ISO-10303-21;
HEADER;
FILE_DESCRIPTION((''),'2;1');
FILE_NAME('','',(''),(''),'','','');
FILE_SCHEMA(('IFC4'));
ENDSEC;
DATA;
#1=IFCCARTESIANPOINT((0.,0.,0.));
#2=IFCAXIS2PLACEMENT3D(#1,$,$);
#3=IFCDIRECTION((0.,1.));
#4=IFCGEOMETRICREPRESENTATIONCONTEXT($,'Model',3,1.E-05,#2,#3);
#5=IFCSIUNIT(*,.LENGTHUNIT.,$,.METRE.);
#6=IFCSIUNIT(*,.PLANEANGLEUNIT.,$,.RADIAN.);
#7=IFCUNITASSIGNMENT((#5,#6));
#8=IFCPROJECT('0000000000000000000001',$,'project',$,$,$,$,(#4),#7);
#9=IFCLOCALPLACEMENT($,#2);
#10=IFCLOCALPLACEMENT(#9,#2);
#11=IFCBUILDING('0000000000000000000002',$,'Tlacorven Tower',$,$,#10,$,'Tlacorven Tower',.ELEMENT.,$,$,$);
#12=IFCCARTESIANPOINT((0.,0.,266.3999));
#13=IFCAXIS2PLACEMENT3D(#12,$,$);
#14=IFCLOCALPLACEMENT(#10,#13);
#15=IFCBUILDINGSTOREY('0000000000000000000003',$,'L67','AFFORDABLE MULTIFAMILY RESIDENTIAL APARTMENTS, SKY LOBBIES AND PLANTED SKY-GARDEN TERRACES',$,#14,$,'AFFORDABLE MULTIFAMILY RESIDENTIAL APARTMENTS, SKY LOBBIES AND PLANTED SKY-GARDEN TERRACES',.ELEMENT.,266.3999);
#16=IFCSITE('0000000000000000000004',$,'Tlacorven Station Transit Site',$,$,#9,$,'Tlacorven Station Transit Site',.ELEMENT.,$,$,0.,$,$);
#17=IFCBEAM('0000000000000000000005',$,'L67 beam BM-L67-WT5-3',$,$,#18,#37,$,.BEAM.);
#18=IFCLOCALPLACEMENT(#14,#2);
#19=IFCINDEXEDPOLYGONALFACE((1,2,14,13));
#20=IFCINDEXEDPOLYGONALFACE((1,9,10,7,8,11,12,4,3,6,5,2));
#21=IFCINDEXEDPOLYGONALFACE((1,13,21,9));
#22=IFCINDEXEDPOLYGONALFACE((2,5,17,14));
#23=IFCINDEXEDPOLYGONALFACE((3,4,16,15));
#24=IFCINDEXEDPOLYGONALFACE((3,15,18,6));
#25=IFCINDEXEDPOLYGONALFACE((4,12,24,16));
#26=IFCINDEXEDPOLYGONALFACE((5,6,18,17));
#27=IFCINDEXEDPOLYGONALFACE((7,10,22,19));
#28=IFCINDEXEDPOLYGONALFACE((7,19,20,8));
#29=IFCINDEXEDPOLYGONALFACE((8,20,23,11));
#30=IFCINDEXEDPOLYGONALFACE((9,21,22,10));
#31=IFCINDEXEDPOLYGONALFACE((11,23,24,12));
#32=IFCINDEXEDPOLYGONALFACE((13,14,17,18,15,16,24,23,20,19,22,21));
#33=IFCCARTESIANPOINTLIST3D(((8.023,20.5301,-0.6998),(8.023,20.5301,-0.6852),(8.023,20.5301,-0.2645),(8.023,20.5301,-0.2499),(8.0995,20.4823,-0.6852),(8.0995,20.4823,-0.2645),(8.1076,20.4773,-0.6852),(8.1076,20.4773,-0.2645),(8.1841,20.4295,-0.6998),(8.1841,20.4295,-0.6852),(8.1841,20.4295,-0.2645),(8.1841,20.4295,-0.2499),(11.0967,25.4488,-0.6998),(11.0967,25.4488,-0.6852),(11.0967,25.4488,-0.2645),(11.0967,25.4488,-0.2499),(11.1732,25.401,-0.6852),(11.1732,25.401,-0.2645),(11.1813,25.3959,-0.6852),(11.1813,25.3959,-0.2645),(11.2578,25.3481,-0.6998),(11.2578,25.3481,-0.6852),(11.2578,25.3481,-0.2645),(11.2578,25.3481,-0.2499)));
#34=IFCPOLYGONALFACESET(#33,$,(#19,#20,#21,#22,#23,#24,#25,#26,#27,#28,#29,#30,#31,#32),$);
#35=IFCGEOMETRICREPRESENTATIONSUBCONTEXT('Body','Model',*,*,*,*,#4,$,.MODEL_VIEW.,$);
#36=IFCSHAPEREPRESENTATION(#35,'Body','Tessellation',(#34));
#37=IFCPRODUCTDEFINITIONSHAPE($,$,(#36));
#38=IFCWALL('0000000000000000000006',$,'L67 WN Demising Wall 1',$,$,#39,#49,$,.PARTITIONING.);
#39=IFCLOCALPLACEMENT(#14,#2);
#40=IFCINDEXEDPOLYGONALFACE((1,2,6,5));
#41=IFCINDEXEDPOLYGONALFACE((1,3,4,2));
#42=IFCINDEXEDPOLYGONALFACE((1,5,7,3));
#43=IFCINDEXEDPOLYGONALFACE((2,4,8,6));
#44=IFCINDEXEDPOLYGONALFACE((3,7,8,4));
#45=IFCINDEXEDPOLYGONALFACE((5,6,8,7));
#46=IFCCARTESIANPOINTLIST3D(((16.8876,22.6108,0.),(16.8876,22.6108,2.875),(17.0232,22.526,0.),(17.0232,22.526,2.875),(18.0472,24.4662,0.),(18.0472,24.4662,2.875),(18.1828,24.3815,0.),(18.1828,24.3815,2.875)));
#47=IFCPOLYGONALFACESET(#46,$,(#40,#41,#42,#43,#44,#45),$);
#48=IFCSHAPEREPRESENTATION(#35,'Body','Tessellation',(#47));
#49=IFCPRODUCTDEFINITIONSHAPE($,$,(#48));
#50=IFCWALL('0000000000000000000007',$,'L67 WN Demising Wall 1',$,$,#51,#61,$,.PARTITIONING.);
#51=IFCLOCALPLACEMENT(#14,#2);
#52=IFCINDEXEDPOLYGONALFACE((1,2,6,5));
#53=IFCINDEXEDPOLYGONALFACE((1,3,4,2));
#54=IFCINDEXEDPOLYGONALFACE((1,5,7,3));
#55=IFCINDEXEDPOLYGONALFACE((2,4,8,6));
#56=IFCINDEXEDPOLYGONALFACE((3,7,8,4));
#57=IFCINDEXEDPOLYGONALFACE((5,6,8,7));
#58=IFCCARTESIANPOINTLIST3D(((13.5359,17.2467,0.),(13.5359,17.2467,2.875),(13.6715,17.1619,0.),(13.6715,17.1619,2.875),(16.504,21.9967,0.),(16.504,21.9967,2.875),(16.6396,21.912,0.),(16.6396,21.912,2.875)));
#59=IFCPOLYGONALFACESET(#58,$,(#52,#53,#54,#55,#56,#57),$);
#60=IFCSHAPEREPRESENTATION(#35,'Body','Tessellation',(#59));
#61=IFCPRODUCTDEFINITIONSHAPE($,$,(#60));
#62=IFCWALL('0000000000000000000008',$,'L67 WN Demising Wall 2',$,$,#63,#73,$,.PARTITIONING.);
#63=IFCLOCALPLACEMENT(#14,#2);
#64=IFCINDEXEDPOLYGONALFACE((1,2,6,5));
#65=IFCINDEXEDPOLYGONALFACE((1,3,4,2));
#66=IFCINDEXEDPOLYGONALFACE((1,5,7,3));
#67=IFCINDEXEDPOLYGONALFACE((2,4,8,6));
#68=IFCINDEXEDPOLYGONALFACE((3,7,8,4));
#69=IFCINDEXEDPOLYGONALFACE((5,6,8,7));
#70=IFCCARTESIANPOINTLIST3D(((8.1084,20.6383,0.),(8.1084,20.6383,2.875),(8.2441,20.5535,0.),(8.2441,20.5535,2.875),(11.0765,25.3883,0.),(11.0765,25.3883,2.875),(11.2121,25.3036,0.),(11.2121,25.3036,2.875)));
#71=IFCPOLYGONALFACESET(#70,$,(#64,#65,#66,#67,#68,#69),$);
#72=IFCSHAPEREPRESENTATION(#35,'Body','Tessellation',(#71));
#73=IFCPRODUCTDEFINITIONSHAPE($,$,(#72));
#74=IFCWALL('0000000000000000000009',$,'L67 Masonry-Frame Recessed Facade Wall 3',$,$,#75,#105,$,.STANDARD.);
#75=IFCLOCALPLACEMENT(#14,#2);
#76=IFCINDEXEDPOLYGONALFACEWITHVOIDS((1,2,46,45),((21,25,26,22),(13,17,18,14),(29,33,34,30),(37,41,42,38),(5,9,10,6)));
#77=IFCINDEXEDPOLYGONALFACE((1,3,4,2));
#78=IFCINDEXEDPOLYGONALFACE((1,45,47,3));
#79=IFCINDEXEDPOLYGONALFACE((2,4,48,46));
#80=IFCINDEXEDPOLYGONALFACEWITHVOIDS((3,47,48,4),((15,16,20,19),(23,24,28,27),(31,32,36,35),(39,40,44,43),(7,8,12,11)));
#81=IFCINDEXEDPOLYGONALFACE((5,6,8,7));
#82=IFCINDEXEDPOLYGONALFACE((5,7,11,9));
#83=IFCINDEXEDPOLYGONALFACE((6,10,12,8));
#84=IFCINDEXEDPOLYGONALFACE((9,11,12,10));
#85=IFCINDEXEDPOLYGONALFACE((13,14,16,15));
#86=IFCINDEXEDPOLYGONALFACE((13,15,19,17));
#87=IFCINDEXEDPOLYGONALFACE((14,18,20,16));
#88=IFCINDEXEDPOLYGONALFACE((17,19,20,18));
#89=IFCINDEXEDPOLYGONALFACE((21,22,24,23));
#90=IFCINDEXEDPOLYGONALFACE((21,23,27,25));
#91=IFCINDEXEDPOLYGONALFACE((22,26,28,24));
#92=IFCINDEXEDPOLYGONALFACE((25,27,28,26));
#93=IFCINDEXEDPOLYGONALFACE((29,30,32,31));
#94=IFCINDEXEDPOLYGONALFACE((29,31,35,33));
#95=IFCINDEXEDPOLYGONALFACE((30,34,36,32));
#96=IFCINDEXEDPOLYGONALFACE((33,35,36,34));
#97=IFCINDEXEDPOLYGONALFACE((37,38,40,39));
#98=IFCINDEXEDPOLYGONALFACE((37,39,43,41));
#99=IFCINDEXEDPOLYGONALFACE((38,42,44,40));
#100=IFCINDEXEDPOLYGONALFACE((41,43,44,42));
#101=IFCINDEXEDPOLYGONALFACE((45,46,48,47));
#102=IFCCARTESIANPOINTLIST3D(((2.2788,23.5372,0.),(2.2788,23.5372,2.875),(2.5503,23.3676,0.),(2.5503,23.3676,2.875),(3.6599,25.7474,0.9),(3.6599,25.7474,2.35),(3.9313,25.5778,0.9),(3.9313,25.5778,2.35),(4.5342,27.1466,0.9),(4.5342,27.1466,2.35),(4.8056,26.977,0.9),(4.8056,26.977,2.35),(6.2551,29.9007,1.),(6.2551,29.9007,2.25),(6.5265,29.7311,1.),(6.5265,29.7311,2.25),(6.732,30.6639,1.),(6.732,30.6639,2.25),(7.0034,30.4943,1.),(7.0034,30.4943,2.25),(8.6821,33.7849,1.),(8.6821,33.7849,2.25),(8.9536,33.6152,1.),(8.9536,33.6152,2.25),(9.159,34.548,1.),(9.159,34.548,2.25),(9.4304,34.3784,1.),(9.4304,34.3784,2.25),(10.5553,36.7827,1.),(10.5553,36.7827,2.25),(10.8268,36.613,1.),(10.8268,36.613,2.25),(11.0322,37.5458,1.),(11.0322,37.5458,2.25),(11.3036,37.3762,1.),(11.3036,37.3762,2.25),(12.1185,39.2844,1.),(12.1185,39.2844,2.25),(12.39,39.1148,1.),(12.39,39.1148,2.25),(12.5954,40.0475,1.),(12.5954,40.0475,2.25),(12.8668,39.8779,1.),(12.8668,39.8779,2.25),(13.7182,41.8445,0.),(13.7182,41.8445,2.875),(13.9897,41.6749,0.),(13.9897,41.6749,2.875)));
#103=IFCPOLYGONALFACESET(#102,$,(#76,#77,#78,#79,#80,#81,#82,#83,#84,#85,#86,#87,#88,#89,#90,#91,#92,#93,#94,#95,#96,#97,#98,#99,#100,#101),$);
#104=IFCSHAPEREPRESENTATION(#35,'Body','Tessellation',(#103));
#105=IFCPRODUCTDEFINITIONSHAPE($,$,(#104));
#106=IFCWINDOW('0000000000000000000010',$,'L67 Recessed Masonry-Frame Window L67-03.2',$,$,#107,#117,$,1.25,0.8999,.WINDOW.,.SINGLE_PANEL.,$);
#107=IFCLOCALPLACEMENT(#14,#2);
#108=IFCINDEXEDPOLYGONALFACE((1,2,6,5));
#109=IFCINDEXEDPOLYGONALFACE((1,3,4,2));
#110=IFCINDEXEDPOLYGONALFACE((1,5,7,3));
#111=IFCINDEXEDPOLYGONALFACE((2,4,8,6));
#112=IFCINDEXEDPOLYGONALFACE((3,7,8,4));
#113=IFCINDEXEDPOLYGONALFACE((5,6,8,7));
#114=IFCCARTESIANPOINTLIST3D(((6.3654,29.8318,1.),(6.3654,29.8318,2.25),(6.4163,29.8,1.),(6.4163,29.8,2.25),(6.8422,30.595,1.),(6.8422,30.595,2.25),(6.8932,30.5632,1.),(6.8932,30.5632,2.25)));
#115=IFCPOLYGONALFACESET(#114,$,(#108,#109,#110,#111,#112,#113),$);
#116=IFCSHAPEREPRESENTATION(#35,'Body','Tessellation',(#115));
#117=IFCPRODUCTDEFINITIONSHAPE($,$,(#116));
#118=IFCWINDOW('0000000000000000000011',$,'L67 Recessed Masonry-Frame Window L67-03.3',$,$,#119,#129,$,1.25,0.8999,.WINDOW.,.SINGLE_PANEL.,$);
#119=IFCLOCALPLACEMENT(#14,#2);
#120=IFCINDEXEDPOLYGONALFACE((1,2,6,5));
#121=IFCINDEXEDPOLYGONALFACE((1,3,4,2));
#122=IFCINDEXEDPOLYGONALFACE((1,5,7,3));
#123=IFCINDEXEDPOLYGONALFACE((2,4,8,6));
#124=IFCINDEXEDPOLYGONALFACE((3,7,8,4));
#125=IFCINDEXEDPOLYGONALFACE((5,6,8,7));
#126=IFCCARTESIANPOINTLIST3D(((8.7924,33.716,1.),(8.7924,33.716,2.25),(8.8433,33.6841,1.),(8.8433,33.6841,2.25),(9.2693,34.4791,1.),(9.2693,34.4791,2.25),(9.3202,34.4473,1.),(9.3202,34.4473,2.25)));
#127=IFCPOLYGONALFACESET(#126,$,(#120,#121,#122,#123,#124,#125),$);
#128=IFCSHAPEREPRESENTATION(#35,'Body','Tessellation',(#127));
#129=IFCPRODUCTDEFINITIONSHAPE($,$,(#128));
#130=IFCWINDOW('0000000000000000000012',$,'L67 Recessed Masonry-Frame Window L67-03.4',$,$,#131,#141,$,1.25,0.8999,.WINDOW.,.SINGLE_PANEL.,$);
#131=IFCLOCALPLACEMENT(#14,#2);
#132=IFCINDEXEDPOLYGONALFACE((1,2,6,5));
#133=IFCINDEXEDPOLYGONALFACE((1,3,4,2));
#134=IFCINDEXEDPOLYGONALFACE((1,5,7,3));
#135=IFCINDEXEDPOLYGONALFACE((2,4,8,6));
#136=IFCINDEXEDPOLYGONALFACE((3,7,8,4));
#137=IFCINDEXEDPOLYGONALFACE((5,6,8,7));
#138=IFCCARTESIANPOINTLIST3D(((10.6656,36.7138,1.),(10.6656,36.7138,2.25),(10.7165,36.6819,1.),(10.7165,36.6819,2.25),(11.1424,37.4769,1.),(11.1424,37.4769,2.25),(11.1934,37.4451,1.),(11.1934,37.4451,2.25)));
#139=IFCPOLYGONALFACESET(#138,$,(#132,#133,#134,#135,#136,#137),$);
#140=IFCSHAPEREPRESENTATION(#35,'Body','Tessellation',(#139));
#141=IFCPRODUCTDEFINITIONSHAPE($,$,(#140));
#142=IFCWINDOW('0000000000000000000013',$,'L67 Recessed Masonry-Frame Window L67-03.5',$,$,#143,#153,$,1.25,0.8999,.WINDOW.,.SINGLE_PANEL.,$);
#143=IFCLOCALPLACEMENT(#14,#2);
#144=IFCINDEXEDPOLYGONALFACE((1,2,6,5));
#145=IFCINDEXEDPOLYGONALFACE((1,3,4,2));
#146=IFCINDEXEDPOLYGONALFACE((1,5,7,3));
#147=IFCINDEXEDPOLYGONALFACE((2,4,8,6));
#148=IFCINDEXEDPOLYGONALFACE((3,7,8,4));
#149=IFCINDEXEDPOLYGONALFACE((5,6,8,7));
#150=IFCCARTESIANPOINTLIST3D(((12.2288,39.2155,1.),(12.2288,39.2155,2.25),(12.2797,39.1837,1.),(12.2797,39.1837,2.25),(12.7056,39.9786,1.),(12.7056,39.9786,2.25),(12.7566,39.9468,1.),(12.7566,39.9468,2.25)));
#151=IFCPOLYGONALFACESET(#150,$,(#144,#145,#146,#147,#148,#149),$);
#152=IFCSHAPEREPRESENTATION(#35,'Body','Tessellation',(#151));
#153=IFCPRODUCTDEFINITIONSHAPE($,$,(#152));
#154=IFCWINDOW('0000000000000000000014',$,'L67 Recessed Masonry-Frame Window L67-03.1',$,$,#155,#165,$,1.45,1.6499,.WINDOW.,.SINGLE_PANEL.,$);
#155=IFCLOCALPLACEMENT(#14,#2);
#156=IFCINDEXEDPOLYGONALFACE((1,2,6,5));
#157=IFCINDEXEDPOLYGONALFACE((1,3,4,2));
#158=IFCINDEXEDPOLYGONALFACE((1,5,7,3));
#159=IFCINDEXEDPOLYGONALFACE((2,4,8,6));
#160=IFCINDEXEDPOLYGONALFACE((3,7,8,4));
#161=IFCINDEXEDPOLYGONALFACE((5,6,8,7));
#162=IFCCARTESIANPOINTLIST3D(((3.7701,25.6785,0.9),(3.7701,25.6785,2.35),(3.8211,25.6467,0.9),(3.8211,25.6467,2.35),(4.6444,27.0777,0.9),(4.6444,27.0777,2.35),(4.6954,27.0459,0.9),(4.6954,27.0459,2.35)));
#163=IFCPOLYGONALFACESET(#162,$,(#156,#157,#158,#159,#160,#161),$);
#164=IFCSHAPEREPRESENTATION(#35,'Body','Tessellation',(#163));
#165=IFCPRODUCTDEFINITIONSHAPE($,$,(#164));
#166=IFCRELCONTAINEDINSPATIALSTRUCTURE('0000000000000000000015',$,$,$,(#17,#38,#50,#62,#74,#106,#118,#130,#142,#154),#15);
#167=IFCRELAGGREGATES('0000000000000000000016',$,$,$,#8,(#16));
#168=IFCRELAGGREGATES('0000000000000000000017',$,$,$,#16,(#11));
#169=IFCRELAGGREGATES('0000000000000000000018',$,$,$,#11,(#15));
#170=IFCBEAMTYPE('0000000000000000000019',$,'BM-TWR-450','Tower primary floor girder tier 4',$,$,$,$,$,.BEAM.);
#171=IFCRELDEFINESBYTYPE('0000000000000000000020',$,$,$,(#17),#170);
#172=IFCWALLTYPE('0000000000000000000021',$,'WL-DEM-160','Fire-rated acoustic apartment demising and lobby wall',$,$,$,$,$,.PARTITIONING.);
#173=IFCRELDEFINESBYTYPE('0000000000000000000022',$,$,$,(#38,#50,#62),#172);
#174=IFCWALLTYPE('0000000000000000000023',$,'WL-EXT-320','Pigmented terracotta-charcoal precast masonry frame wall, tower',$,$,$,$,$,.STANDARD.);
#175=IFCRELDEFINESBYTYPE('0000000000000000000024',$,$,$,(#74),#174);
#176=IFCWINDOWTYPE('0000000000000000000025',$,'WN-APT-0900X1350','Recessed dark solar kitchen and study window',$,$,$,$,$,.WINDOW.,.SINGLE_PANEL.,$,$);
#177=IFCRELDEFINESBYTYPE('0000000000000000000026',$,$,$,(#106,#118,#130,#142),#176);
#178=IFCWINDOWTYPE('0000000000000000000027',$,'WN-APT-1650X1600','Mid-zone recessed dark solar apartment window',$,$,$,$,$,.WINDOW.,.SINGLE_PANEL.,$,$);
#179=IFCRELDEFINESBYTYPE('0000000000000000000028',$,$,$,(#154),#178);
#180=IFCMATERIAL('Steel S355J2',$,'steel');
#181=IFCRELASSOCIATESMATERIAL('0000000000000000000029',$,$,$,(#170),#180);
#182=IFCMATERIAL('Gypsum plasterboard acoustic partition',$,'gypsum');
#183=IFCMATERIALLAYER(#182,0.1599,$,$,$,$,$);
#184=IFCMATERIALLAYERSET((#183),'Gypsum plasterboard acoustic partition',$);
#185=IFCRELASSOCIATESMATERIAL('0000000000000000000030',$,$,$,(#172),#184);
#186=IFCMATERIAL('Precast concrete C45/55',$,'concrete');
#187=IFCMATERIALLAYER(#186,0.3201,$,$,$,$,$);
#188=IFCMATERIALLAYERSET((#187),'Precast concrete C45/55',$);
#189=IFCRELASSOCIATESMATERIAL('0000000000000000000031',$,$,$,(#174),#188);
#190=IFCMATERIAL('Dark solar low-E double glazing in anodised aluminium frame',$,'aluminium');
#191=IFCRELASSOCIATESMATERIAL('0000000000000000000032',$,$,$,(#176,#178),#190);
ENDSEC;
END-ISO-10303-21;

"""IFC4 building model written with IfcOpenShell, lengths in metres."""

from ifc_helpers import new_model, si_unit, direction, frame, frame_2d, origin, origin_2d, place, context, subcontext, project, spatial, rectangle, i_section, extrude, source, transform, mapped, material, layer, layer_set, material_profile, profile_set, type_object, element, fill, save


model = new_model("IFC4")

# Units and contexts
model_context = context("Model", 3, precision=1e-05, world=origin(), true_north=direction((0.0, 1.0)))
body_context = subcontext(model_context, "Body", "Model", "MODEL_VIEW")
ifc_project = project(units=[si_unit("LENGTHUNIT", "METRE"), si_unit("PLANEANGLEUNIT", "RADIAN")], contexts=[model_context])

# Site, building, storey
site_placement = place(None, origin())
site = spatial("IfcSite", under=ifc_project, at=site_placement, Name="Tlacorven Station Transit Site", LongName="Tlacorven Station Transit Site", CompositionType="ELEMENT", RefElevation=0.0)
building_placement = place(site_placement, origin())
building = spatial("IfcBuilding", under=site, at=building_placement, Name="Tlacorven Tower", LongName="Tlacorven Tower", CompositionType="ELEMENT")
storey_placement = place(building_placement, frame((0.0, 0.0, 266.3999)))
storey = spatial("IfcBuildingStorey", under=building, at=storey_placement, Name="L67", Description="AFFORDABLE MULTIFAMILY RESIDENTIAL APARTMENTS, SKY LOBBIES AND PLANTED SKY-GARDEN TERRACES", LongName="AFFORDABLE MULTIFAMILY RESIDENTIAL APARTMENTS, SKY LOBBIES AND PLANTED SKY-GARDEN TERRACES", CompositionType="ELEMENT", Elevation=266.3999)

# Shared definitions
ifc_material_1 = material(Name="Steel S355J2", Category="steel")

# Beam
ifc_material_profile_1 = material_profile(ifc_material_1, i_section(OverallWidth=0.1899, OverallDepth=0.45, WebThickness=0.0095, FlangeThickness=0.0146, at=origin_2d()), Name="IPE 450")
ifc_profile_set_1 = profile_set([ifc_material_profile_1], Name="Steel S355J2")
beam_type_1 = type_object("IfcBeamType", Name="BM-TWR-450", Description="Tower primary floor girder tier 4", PredefinedType="BEAM", material=ifc_profile_set_1)
shared_shape_1 = source(origin(), body_context, "Body", "SweptSolid", [
    extrude(i_section(OverallWidth=0.1899, OverallDepth=0.45, WebThickness=0.0095, FlangeThickness=0.0146, at=origin_2d()), origin(), (0.0, 0.0, 1.0), 5.8),
])
for number, where, z_axis, x_axis, name in (
    (1, (11.1772, 25.3984, -0.4749), (-0.529942, -0.848034, 0.0), (0.848034, -0.529942, 0.0), "L67 beam BM-L67-WT5-3"),
):
    element("IfcBeam", number, at=place(storey_placement, frame(where, z_axis=z_axis, x_axis=x_axis)), inside=storey, type_object=beam_type_1, Name=name, PredefinedType="BEAM", context=body_context, shape_type="MappedRepresentation", body=[
        mapped(shared_shape_1, transform((0.0, 0.0, 0.0), scale=1.0)),
    ])

# Walls
ifc_material_2 = material(Name="Gypsum plasterboard acoustic partition", Category="gypsum")
ifc_layer_1 = layer(ifc_material_2, 0.1599)
ifc_layer_set_1 = layer_set([ifc_layer_1], Name="Gypsum plasterboard acoustic partition")
wall_type_1 = type_object("IfcWallType", Name="WL-DEM-160", Description="Fire-rated acoustic apartment demising and lobby wall", PredefinedType="PARTITIONING", material=ifc_layer_set_1)
wall_1_placement = place(storey_placement, frame((18.115, 24.4238, 0.0), z_axis=(0.0, 0.0, 1.0), x_axis=(-0.529999, -0.847998, 0.0)))
element("IfcWall", 2, at=wall_1_placement, inside=storey, type_object=wall_type_1, Name="L67 WN Demising Wall 1", PredefinedType="PARTITIONING", context=body_context, shape_type="SweptSolid", body=[
    extrude(rectangle(XDim=2.188, YDim=0.1599, at=frame_2d((1.094, 0.0))), origin(), (0.0, 0.0, 1.0), 2.875),
])
for number, where, z_axis, x_axis, name in (
    (3, (16.5718, 21.9543, 0.0), (0.0, 0.0, 1.0), (-0.529905, -0.848057, 0.0), "L67 WN Demising Wall 1"),
    (4, (11.1443, 25.3459, 0.0), (0.0, 0.0, 1.0), (-0.529905, -0.848057, 0.0), "L67 WN Demising Wall 2"),
):
    element("IfcWall", number, at=place(storey_placement, frame(where, z_axis=z_axis, x_axis=x_axis)), inside=storey, type_object=wall_type_1, Name=name, PredefinedType="PARTITIONING", context=body_context, shape_type="SweptSolid", body=[
        extrude(rectangle(XDim=5.6011, YDim=0.1599, at=frame_2d((2.8005, 0.0))), origin(), (0.0, 0.0, 1.0), 2.875),
    ])

# Wall, openings, windows
ifc_material_3 = material(Name="Precast concrete C45/55", Category="concrete")
ifc_layer_2 = layer(ifc_material_3, 0.3201)
ifc_layer_set_2 = layer_set([ifc_layer_2], Name="Precast concrete C45/55")
wall_type_2 = type_object("IfcWallType", Name="WL-EXT-320", Description="Pigmented terracotta-charcoal precast masonry frame wall, tower", PredefinedType="STANDARD", material=ifc_layer_set_2)
wall_2_placement = place(storey_placement, frame((2.4146, 23.4524, 0.0), z_axis=(0.0, 0.0, 1.0), x_axis=(0.52991, 0.848054, 0.0)))
wall_2 = element("IfcWall", 5, at=wall_2_placement, inside=storey, type_object=wall_type_2, Name="L67 Masonry-Frame Recessed Facade Wall 3", PredefinedType="STANDARD", context=body_context, shape_type="SweptSolid", body=[
    extrude(rectangle(XDim=21.5874, YDim=0.3201, at=frame_2d((10.7937, 0.0))), origin(), (0.0, 0.0, 1.0), 2.875),
])
opening_1_placement = place(wall_2_placement, frame((2.6062, 0.0, 0.8999)))
opening_1 = element("IfcOpeningElement", 6, at=opening_1_placement, cuts=wall_2, PredefinedType="OPENING", context=body_context, shape_type="SweptSolid", body=[
    extrude(rectangle(XDim=1.6499, YDim=1.45, at=frame_2d((0.825, 0.7251))), frame((0.0, 0.1699, 0.0), z_axis=(0.0, -1.0, 0.0), x_axis=(1.0, 0.0, 0.0)), (0.0, 0.0, 1.0), 0.3401),
])
opening_2_placement = place(wall_2_placement, frame((7.5037, 0.0, 1.0)))
opening_2 = element("IfcOpeningElement", 7, at=opening_2_placement, cuts=wall_2, PredefinedType="OPENING", context=body_context, shape_type="SweptSolid", body=[
    extrude(rectangle(XDim=0.8999, YDim=1.25, at=frame_2d((0.45, 0.625))), frame((0.0, 0.1699, 0.0), z_axis=(0.0, -1.0, 0.0), x_axis=(1.0, 0.0, 0.0)), (0.0, 0.0, 1.0), 0.3401),
])
opening_3_placement = place(wall_2_placement, frame((12.0837, 0.0, 1.0)))
opening_3 = element("IfcOpeningElement", 8, at=opening_3_placement, cuts=wall_2, PredefinedType="OPENING", context=body_context, shape_type="SweptSolid", body=[
    extrude(rectangle(XDim=0.8999, YDim=1.25, at=frame_2d((0.45, 0.625))), frame((0.0, 0.1699, 0.0), z_axis=(0.0, -1.0, 0.0), x_axis=(1.0, 0.0, 0.0)), (0.0, 0.0, 1.0), 0.3401),
])
opening_4_placement = place(wall_2_placement, frame((15.6187, 0.0, 1.0)))
opening_4 = element("IfcOpeningElement", 9, at=opening_4_placement, cuts=wall_2, PredefinedType="OPENING", context=body_context, shape_type="SweptSolid", body=[
    extrude(rectangle(XDim=0.8999, YDim=1.25, at=frame_2d((0.45, 0.625))), frame((0.0, 0.1699, 0.0), z_axis=(0.0, -1.0, 0.0), x_axis=(1.0, 0.0, 0.0)), (0.0, 0.0, 1.0), 0.3401),
])
opening_5_placement = place(wall_2_placement, frame((18.5686, 0.0, 1.0)))
opening_5 = element("IfcOpeningElement", 10, at=opening_5_placement, cuts=wall_2, PredefinedType="OPENING", context=body_context, shape_type="SweptSolid", body=[
    extrude(rectangle(XDim=0.8999, YDim=1.25, at=frame_2d((0.45, 0.625))), frame((0.0, 0.1699, 0.0), z_axis=(0.0, -1.0, 0.0), x_axis=(1.0, 0.0, 0.0)), (0.0, 0.0, 1.0), 0.3401),
])
ifc_material_4 = material(Name="Dark solar low-E double glazing in anodised aluminium frame", Category="aluminium")
window_type_1 = type_object("IfcWindowType", Name="WN-APT-0900X1350", Description="Recessed dark solar kitchen and study window", PartitioningType="SINGLE_PANEL", PredefinedType="WINDOW", material=ifc_material_4)
shared_shape_2 = source(origin(), body_context, "Body", "SweptSolid", [
    extrude(rectangle(XDim=0.8999, YDim=1.25, at=frame_2d((0.45, 0.625))), frame((0.0, 0.03, 0.0), z_axis=(0.0, -1.0, 0.0), x_axis=(1.0, 0.0, 0.0)), (0.0, 0.0, 1.0), 0.0601),
])
window_1_placement = place(opening_2_placement, origin())
window_1 = element("IfcWindow", 11, at=window_1_placement, inside=storey, type_object=window_type_1, Name="L67 Recessed Masonry-Frame Window L67-03.2", OverallHeight=1.25, OverallWidth=0.8999, PartitioningType="SINGLE_PANEL", PredefinedType="WINDOW", context=body_context, shape_type="MappedRepresentation", body=[
    mapped(shared_shape_2, transform((0.0, 0.0, 0.0), scale=1.0)),
])
fill(opening_2, window_1)
window_2_placement = place(opening_3_placement, origin())
window_2 = element("IfcWindow", 12, at=window_2_placement, inside=storey, type_object=window_type_1, Name="L67 Recessed Masonry-Frame Window L67-03.3", OverallHeight=1.25, OverallWidth=0.8999, PartitioningType="SINGLE_PANEL", PredefinedType="WINDOW", context=body_context, shape_type="MappedRepresentation", body=[
    mapped(shared_shape_2, transform((0.0, 0.0, 0.0), scale=1.0)),
])
fill(opening_3, window_2)
window_3_placement = place(opening_4_placement, origin())
window_3 = element("IfcWindow", 13, at=window_3_placement, inside=storey, type_object=window_type_1, Name="L67 Recessed Masonry-Frame Window L67-03.4", OverallHeight=1.25, OverallWidth=0.8999, PartitioningType="SINGLE_PANEL", PredefinedType="WINDOW", context=body_context, shape_type="MappedRepresentation", body=[
    mapped(shared_shape_2, transform((0.0, 0.0, 0.0), scale=1.0)),
])
fill(opening_4, window_3)
window_4_placement = place(opening_5_placement, origin())
window_4 = element("IfcWindow", 14, at=window_4_placement, inside=storey, type_object=window_type_1, Name="L67 Recessed Masonry-Frame Window L67-03.5", OverallHeight=1.25, OverallWidth=0.8999, PartitioningType="SINGLE_PANEL", PredefinedType="WINDOW", context=body_context, shape_type="MappedRepresentation", body=[
    mapped(shared_shape_2, transform((0.0, 0.0, 0.0), scale=1.0)),
])
fill(opening_5, window_4)
window_type_2 = type_object("IfcWindowType", Name="WN-APT-1650X1600", Description="Mid-zone recessed dark solar apartment window", PartitioningType="SINGLE_PANEL", PredefinedType="WINDOW", material=ifc_material_4)
shared_shape_3 = source(origin(), body_context, "Body", "SweptSolid", [
    extrude(rectangle(XDim=1.6499, YDim=1.45, at=frame_2d((0.825, 0.7251))), frame((0.0, 0.03, 0.0), z_axis=(0.0, -1.0, 0.0), x_axis=(1.0, 0.0, 0.0)), (0.0, 0.0, 1.0), 0.0601),
])
window_5_placement = place(opening_1_placement, origin())
window_5 = element("IfcWindow", 15, at=window_5_placement, inside=storey, type_object=window_type_2, Name="L67 Recessed Masonry-Frame Window L67-03.1", OverallHeight=1.45, OverallWidth=1.6499, PartitioningType="SINGLE_PANEL", PredefinedType="WINDOW", context=body_context, shape_type="MappedRepresentation", body=[
    mapped(shared_shape_3, transform((0.0, 0.0, 0.0), scale=1.0)),
])
fill(opening_1, window_5)

save(model, "model.ifc")
